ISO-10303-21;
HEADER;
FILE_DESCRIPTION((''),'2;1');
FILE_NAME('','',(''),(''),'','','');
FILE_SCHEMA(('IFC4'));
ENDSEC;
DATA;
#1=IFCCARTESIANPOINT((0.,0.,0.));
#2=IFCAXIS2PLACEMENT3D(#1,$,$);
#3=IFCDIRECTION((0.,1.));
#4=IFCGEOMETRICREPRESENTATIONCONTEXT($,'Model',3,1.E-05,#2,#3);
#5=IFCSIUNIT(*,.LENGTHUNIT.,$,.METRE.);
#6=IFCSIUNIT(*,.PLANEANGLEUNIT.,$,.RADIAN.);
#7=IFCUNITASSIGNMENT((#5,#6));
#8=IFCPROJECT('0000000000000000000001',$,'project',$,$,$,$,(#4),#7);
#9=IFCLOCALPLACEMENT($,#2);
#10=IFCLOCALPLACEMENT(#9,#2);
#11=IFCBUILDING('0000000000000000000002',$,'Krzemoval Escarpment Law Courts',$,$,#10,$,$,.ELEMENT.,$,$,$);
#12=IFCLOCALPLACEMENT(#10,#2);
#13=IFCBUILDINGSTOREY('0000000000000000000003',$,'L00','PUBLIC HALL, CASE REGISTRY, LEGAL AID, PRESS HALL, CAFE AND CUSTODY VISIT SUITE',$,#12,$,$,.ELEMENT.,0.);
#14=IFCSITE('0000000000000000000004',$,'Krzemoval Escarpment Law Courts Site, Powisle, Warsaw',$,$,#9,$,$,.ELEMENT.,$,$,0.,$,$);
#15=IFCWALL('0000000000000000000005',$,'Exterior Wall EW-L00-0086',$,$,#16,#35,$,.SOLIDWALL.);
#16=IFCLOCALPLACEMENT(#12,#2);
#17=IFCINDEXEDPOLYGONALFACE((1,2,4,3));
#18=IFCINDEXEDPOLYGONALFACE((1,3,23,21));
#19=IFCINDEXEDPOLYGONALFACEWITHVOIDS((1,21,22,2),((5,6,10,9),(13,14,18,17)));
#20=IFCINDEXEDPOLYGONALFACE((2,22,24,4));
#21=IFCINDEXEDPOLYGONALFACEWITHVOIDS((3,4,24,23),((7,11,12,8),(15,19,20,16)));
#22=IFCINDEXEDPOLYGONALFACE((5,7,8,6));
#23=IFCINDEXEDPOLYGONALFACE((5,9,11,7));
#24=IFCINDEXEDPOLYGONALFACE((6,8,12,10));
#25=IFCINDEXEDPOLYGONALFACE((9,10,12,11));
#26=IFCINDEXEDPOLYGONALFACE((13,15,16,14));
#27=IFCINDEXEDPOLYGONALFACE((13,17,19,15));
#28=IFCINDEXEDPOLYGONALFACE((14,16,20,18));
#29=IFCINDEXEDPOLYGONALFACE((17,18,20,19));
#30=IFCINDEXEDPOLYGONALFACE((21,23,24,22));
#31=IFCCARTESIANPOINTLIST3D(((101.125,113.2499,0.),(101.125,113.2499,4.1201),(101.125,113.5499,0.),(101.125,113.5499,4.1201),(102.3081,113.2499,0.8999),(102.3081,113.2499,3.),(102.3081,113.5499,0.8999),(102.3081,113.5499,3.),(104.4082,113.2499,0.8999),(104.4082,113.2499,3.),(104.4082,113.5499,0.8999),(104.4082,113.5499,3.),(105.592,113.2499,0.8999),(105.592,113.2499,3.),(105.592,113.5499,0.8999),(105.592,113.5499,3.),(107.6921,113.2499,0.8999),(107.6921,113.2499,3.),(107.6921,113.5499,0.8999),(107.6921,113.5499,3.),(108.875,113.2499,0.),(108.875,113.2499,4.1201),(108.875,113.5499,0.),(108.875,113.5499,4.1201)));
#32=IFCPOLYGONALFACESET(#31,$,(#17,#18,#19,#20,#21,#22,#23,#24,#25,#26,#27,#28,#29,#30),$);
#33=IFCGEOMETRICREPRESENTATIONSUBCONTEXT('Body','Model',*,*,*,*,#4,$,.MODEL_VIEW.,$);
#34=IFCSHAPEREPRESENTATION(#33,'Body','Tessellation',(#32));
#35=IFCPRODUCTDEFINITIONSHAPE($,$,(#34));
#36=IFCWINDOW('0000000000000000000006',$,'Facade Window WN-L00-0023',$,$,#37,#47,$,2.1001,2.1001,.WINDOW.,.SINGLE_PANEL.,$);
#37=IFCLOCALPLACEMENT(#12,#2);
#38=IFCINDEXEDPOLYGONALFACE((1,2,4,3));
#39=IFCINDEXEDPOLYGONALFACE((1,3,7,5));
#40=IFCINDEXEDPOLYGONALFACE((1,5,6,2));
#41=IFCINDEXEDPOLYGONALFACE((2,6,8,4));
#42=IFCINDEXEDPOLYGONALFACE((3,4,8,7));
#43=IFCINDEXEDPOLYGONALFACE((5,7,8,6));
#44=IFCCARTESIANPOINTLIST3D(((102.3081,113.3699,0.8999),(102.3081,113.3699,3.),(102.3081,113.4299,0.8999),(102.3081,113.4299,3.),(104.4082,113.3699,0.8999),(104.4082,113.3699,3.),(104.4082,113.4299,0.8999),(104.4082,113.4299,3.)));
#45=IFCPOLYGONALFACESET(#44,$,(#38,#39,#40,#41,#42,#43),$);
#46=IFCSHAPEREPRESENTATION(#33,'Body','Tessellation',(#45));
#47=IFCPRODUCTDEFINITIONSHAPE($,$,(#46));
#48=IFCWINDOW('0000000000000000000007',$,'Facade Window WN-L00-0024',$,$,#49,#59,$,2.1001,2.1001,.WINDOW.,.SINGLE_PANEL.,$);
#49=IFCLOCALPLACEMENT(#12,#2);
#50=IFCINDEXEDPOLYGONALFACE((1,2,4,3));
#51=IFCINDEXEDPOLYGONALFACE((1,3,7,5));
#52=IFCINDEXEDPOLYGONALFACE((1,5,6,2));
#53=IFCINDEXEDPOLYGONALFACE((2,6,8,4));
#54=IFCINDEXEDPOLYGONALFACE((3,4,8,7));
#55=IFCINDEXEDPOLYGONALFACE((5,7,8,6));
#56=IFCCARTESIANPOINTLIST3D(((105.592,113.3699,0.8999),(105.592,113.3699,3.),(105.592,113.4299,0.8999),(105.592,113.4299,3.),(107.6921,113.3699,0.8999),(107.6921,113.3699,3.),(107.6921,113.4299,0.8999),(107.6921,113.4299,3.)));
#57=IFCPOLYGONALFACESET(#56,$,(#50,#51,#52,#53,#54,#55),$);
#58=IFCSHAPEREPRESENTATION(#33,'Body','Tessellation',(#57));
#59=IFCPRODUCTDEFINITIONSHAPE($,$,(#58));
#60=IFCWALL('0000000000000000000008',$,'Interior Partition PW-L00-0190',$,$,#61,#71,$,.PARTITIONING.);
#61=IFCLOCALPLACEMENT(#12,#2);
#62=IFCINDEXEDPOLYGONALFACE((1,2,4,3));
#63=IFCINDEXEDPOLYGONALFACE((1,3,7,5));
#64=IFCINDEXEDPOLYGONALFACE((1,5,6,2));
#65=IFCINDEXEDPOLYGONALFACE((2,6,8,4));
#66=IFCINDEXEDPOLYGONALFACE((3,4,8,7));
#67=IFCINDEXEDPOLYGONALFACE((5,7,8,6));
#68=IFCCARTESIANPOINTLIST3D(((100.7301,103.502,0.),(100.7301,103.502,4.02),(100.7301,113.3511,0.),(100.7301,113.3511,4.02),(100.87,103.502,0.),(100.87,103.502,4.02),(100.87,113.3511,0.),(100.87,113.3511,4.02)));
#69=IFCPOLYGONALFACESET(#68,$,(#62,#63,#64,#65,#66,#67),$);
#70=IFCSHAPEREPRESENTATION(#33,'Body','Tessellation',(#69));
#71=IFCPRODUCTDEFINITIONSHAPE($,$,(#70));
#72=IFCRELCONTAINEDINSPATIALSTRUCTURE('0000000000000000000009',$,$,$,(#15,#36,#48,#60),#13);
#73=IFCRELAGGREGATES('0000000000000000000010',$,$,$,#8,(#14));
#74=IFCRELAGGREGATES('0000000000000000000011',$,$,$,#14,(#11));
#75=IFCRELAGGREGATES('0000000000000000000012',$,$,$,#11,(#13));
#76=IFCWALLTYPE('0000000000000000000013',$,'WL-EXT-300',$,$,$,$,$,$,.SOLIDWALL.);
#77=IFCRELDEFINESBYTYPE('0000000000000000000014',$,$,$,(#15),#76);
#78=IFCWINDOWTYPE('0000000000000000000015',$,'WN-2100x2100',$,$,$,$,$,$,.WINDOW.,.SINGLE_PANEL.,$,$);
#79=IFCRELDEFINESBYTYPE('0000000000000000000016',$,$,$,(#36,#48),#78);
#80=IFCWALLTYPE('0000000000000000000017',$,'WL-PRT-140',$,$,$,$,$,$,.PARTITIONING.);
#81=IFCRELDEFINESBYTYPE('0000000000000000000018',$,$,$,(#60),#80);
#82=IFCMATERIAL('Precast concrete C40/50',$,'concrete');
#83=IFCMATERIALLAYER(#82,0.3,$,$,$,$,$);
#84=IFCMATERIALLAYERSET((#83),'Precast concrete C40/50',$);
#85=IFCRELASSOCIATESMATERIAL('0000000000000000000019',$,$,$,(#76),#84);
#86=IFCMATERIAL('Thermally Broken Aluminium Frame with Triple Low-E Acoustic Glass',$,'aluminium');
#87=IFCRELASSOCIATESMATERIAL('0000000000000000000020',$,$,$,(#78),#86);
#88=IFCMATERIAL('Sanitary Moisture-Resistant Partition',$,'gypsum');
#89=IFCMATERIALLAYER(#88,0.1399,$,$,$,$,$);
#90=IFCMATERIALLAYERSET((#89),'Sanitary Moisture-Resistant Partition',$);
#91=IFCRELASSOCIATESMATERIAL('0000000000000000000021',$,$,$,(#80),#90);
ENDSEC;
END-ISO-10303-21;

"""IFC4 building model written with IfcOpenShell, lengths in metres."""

from ifc_helpers import new_model, si_unit, direction, frame, frame_2d, origin, place, context, subcontext, project, spatial, rectangle, extrude, material, layer, layer_set, type_object, element, fill, save


model = new_model("IFC4")

# Units and contexts
model_context = context("Model", 3, precision=1e-05, world=origin(), true_north=direction((0.0, 1.0)))
body_context = subcontext(model_context, "Body", "Model", "MODEL_VIEW")
ifc_project = project(units=[si_unit("LENGTHUNIT", "METRE"), si_unit("PLANEANGLEUNIT", "RADIAN")], contexts=[model_context])

# Site, building, storey
site_placement = place(None, origin())
site = spatial("IfcSite", under=ifc_project, at=site_placement, Name="Krzemoval Escarpment Law Courts Site, Powisle, Warsaw", CompositionType="ELEMENT", RefElevation=0.0)
building_placement = place(site_placement, origin())
building = spatial("IfcBuilding", under=site, at=building_placement, Name="Krzemoval Escarpment Law Courts", CompositionType="ELEMENT")
storey_placement = place(building_placement, origin())
storey = spatial("IfcBuildingStorey", under=building, at=storey_placement, Name="L00", Description="PUBLIC HALL, CASE REGISTRY, LEGAL AID, PRESS HALL, CAFE AND CUSTODY VISIT SUITE", CompositionType="ELEMENT", Elevation=0.0)

# Wall, openings, windows
ifc_material_1 = material(Name="Precast concrete C40/50", Category="concrete")
ifc_layer_1 = layer(ifc_material_1, 0.3)
ifc_layer_set_1 = layer_set([ifc_layer_1], Name="Precast concrete C40/50")
wall_type_1 = type_object("IfcWallType", Name="WL-EXT-300", PredefinedType="SOLIDWALL", material=ifc_layer_set_1)
wall_1_placement = place(storey_placement, frame((101.125, 113.3999, 0.0), z_axis=(0.0, 0.0, 1.0), x_axis=(1.0, 0.0, 0.0)))
wall_1 = element("IfcWall", 1, at=wall_1_placement, inside=storey, type_object=wall_type_1, Name="Exterior Wall EW-L00-0086", PredefinedType="SOLIDWALL", context=body_context, shape_type="SweptSolid", body=[
    extrude(rectangle(XDim=7.75, YDim=0.3, at=frame_2d((3.875, 0.0))), origin(), (0.0, 0.0, 1.0), 4.1201),
])
opening_1_placement = place(wall_1_placement, frame((1.1831, 0.0, 0.8999)))
opening_1 = element("IfcOpeningElement", 2, at=opening_1_placement, cuts=wall_1, PredefinedType="OPENING", context=body_context, shape_type="SweptSolid", body=[
    extrude(rectangle(XDim=2.1001, YDim=2.1001, at=frame_2d((1.05, 1.05))), frame((0.0, 0.165, 0.0), z_axis=(0.0, -1.0, 0.0), x_axis=(1.0, 0.0, 0.0)), (0.0, 0.0, 1.0), 0.3301),
])
opening_2_placement = place(wall_1_placement, frame((4.467, 0.0, 0.8999)))
opening_2 = element("IfcOpeningElement", 3, at=opening_2_placement, cuts=wall_1, PredefinedType="OPENING", context=body_context, shape_type="SweptSolid", body=[
    extrude(rectangle(XDim=2.1001, YDim=2.1001, at=frame_2d((1.05, 1.05))), frame((0.0, 0.165, 0.0), z_axis=(0.0, -1.0, 0.0), x_axis=(1.0, 0.0, 0.0)), (0.0, 0.0, 1.0), 0.3301),
])
ifc_material_2 = material(Name="Thermally Broken Aluminium Frame with Triple Low-E Acoustic Glass", Category="aluminium")
window_type = type_object("IfcWindowType", Name="WN-2100x2100", PartitioningType="SINGLE_PANEL", PredefinedType="WINDOW", material=ifc_material_2)
window_1_placement = place(opening_1_placement, origin())
window_1 = element("IfcWindow", 4, at=window_1_placement, inside=storey, type_object=window_type, Name="Facade Window WN-L00-0023", OverallHeight=2.1001, OverallWidth=2.1001, PartitioningType="SINGLE_PANEL", PredefinedType="WINDOW", context=body_context, shape_type="SweptSolid", body=[
    extrude(rectangle(XDim=2.1001, YDim=2.1001, at=frame_2d((1.05, 1.05))), frame((0.0, 0.03, 0.0), z_axis=(0.0, -1.0, 0.0), x_axis=(1.0, 0.0, 0.0)), (0.0, 0.0, 1.0), 0.0601),
])
fill(opening_1, window_1)
window_2_placement = place(opening_2_placement, origin())
window_2 = element("IfcWindow", 5, at=window_2_placement, inside=storey, type_object=window_type, Name="Facade Window WN-L00-0024", OverallHeight=2.1001, OverallWidth=2.1001, PartitioningType="SINGLE_PANEL", PredefinedType="WINDOW", context=body_context, shape_type="SweptSolid", body=[
    extrude(rectangle(XDim=2.1001, YDim=2.1001, at=frame_2d((1.05, 1.05))), frame((0.0, 0.03, 0.0), z_axis=(0.0, -1.0, 0.0), x_axis=(1.0, 0.0, 0.0)), (0.0, 0.0, 1.0), 0.0601),
])
fill(opening_2, window_2)

# Wall
ifc_material_3 = material(Name="Sanitary Moisture-Resistant Partition", Category="gypsum")
ifc_layer_2 = layer(ifc_material_3, 0.1399)
ifc_layer_set_2 = layer_set([ifc_layer_2], Name="Sanitary Moisture-Resistant Partition")
wall_type_2 = type_object("IfcWallType", Name="WL-PRT-140", PredefinedType="PARTITIONING", material=ifc_layer_set_2)
wall_2_placement = place(storey_placement, frame((100.8, 103.502, 0.0), z_axis=(0.0, 0.0, 1.0), x_axis=(0.0, 1.0, 0.0)))
element("IfcWall", 6, at=wall_2_placement, inside=storey, type_object=wall_type_2, Name="Interior Partition PW-L00-0190", PredefinedType="PARTITIONING", context=body_context, shape_type="SweptSolid", body=[
    extrude(rectangle(XDim=9.8491, YDim=0.1399, at=frame_2d((4.9246, 0.0))), origin(), (0.0, 0.0, 1.0), 4.02),
])

save(model, "model.ifc")
